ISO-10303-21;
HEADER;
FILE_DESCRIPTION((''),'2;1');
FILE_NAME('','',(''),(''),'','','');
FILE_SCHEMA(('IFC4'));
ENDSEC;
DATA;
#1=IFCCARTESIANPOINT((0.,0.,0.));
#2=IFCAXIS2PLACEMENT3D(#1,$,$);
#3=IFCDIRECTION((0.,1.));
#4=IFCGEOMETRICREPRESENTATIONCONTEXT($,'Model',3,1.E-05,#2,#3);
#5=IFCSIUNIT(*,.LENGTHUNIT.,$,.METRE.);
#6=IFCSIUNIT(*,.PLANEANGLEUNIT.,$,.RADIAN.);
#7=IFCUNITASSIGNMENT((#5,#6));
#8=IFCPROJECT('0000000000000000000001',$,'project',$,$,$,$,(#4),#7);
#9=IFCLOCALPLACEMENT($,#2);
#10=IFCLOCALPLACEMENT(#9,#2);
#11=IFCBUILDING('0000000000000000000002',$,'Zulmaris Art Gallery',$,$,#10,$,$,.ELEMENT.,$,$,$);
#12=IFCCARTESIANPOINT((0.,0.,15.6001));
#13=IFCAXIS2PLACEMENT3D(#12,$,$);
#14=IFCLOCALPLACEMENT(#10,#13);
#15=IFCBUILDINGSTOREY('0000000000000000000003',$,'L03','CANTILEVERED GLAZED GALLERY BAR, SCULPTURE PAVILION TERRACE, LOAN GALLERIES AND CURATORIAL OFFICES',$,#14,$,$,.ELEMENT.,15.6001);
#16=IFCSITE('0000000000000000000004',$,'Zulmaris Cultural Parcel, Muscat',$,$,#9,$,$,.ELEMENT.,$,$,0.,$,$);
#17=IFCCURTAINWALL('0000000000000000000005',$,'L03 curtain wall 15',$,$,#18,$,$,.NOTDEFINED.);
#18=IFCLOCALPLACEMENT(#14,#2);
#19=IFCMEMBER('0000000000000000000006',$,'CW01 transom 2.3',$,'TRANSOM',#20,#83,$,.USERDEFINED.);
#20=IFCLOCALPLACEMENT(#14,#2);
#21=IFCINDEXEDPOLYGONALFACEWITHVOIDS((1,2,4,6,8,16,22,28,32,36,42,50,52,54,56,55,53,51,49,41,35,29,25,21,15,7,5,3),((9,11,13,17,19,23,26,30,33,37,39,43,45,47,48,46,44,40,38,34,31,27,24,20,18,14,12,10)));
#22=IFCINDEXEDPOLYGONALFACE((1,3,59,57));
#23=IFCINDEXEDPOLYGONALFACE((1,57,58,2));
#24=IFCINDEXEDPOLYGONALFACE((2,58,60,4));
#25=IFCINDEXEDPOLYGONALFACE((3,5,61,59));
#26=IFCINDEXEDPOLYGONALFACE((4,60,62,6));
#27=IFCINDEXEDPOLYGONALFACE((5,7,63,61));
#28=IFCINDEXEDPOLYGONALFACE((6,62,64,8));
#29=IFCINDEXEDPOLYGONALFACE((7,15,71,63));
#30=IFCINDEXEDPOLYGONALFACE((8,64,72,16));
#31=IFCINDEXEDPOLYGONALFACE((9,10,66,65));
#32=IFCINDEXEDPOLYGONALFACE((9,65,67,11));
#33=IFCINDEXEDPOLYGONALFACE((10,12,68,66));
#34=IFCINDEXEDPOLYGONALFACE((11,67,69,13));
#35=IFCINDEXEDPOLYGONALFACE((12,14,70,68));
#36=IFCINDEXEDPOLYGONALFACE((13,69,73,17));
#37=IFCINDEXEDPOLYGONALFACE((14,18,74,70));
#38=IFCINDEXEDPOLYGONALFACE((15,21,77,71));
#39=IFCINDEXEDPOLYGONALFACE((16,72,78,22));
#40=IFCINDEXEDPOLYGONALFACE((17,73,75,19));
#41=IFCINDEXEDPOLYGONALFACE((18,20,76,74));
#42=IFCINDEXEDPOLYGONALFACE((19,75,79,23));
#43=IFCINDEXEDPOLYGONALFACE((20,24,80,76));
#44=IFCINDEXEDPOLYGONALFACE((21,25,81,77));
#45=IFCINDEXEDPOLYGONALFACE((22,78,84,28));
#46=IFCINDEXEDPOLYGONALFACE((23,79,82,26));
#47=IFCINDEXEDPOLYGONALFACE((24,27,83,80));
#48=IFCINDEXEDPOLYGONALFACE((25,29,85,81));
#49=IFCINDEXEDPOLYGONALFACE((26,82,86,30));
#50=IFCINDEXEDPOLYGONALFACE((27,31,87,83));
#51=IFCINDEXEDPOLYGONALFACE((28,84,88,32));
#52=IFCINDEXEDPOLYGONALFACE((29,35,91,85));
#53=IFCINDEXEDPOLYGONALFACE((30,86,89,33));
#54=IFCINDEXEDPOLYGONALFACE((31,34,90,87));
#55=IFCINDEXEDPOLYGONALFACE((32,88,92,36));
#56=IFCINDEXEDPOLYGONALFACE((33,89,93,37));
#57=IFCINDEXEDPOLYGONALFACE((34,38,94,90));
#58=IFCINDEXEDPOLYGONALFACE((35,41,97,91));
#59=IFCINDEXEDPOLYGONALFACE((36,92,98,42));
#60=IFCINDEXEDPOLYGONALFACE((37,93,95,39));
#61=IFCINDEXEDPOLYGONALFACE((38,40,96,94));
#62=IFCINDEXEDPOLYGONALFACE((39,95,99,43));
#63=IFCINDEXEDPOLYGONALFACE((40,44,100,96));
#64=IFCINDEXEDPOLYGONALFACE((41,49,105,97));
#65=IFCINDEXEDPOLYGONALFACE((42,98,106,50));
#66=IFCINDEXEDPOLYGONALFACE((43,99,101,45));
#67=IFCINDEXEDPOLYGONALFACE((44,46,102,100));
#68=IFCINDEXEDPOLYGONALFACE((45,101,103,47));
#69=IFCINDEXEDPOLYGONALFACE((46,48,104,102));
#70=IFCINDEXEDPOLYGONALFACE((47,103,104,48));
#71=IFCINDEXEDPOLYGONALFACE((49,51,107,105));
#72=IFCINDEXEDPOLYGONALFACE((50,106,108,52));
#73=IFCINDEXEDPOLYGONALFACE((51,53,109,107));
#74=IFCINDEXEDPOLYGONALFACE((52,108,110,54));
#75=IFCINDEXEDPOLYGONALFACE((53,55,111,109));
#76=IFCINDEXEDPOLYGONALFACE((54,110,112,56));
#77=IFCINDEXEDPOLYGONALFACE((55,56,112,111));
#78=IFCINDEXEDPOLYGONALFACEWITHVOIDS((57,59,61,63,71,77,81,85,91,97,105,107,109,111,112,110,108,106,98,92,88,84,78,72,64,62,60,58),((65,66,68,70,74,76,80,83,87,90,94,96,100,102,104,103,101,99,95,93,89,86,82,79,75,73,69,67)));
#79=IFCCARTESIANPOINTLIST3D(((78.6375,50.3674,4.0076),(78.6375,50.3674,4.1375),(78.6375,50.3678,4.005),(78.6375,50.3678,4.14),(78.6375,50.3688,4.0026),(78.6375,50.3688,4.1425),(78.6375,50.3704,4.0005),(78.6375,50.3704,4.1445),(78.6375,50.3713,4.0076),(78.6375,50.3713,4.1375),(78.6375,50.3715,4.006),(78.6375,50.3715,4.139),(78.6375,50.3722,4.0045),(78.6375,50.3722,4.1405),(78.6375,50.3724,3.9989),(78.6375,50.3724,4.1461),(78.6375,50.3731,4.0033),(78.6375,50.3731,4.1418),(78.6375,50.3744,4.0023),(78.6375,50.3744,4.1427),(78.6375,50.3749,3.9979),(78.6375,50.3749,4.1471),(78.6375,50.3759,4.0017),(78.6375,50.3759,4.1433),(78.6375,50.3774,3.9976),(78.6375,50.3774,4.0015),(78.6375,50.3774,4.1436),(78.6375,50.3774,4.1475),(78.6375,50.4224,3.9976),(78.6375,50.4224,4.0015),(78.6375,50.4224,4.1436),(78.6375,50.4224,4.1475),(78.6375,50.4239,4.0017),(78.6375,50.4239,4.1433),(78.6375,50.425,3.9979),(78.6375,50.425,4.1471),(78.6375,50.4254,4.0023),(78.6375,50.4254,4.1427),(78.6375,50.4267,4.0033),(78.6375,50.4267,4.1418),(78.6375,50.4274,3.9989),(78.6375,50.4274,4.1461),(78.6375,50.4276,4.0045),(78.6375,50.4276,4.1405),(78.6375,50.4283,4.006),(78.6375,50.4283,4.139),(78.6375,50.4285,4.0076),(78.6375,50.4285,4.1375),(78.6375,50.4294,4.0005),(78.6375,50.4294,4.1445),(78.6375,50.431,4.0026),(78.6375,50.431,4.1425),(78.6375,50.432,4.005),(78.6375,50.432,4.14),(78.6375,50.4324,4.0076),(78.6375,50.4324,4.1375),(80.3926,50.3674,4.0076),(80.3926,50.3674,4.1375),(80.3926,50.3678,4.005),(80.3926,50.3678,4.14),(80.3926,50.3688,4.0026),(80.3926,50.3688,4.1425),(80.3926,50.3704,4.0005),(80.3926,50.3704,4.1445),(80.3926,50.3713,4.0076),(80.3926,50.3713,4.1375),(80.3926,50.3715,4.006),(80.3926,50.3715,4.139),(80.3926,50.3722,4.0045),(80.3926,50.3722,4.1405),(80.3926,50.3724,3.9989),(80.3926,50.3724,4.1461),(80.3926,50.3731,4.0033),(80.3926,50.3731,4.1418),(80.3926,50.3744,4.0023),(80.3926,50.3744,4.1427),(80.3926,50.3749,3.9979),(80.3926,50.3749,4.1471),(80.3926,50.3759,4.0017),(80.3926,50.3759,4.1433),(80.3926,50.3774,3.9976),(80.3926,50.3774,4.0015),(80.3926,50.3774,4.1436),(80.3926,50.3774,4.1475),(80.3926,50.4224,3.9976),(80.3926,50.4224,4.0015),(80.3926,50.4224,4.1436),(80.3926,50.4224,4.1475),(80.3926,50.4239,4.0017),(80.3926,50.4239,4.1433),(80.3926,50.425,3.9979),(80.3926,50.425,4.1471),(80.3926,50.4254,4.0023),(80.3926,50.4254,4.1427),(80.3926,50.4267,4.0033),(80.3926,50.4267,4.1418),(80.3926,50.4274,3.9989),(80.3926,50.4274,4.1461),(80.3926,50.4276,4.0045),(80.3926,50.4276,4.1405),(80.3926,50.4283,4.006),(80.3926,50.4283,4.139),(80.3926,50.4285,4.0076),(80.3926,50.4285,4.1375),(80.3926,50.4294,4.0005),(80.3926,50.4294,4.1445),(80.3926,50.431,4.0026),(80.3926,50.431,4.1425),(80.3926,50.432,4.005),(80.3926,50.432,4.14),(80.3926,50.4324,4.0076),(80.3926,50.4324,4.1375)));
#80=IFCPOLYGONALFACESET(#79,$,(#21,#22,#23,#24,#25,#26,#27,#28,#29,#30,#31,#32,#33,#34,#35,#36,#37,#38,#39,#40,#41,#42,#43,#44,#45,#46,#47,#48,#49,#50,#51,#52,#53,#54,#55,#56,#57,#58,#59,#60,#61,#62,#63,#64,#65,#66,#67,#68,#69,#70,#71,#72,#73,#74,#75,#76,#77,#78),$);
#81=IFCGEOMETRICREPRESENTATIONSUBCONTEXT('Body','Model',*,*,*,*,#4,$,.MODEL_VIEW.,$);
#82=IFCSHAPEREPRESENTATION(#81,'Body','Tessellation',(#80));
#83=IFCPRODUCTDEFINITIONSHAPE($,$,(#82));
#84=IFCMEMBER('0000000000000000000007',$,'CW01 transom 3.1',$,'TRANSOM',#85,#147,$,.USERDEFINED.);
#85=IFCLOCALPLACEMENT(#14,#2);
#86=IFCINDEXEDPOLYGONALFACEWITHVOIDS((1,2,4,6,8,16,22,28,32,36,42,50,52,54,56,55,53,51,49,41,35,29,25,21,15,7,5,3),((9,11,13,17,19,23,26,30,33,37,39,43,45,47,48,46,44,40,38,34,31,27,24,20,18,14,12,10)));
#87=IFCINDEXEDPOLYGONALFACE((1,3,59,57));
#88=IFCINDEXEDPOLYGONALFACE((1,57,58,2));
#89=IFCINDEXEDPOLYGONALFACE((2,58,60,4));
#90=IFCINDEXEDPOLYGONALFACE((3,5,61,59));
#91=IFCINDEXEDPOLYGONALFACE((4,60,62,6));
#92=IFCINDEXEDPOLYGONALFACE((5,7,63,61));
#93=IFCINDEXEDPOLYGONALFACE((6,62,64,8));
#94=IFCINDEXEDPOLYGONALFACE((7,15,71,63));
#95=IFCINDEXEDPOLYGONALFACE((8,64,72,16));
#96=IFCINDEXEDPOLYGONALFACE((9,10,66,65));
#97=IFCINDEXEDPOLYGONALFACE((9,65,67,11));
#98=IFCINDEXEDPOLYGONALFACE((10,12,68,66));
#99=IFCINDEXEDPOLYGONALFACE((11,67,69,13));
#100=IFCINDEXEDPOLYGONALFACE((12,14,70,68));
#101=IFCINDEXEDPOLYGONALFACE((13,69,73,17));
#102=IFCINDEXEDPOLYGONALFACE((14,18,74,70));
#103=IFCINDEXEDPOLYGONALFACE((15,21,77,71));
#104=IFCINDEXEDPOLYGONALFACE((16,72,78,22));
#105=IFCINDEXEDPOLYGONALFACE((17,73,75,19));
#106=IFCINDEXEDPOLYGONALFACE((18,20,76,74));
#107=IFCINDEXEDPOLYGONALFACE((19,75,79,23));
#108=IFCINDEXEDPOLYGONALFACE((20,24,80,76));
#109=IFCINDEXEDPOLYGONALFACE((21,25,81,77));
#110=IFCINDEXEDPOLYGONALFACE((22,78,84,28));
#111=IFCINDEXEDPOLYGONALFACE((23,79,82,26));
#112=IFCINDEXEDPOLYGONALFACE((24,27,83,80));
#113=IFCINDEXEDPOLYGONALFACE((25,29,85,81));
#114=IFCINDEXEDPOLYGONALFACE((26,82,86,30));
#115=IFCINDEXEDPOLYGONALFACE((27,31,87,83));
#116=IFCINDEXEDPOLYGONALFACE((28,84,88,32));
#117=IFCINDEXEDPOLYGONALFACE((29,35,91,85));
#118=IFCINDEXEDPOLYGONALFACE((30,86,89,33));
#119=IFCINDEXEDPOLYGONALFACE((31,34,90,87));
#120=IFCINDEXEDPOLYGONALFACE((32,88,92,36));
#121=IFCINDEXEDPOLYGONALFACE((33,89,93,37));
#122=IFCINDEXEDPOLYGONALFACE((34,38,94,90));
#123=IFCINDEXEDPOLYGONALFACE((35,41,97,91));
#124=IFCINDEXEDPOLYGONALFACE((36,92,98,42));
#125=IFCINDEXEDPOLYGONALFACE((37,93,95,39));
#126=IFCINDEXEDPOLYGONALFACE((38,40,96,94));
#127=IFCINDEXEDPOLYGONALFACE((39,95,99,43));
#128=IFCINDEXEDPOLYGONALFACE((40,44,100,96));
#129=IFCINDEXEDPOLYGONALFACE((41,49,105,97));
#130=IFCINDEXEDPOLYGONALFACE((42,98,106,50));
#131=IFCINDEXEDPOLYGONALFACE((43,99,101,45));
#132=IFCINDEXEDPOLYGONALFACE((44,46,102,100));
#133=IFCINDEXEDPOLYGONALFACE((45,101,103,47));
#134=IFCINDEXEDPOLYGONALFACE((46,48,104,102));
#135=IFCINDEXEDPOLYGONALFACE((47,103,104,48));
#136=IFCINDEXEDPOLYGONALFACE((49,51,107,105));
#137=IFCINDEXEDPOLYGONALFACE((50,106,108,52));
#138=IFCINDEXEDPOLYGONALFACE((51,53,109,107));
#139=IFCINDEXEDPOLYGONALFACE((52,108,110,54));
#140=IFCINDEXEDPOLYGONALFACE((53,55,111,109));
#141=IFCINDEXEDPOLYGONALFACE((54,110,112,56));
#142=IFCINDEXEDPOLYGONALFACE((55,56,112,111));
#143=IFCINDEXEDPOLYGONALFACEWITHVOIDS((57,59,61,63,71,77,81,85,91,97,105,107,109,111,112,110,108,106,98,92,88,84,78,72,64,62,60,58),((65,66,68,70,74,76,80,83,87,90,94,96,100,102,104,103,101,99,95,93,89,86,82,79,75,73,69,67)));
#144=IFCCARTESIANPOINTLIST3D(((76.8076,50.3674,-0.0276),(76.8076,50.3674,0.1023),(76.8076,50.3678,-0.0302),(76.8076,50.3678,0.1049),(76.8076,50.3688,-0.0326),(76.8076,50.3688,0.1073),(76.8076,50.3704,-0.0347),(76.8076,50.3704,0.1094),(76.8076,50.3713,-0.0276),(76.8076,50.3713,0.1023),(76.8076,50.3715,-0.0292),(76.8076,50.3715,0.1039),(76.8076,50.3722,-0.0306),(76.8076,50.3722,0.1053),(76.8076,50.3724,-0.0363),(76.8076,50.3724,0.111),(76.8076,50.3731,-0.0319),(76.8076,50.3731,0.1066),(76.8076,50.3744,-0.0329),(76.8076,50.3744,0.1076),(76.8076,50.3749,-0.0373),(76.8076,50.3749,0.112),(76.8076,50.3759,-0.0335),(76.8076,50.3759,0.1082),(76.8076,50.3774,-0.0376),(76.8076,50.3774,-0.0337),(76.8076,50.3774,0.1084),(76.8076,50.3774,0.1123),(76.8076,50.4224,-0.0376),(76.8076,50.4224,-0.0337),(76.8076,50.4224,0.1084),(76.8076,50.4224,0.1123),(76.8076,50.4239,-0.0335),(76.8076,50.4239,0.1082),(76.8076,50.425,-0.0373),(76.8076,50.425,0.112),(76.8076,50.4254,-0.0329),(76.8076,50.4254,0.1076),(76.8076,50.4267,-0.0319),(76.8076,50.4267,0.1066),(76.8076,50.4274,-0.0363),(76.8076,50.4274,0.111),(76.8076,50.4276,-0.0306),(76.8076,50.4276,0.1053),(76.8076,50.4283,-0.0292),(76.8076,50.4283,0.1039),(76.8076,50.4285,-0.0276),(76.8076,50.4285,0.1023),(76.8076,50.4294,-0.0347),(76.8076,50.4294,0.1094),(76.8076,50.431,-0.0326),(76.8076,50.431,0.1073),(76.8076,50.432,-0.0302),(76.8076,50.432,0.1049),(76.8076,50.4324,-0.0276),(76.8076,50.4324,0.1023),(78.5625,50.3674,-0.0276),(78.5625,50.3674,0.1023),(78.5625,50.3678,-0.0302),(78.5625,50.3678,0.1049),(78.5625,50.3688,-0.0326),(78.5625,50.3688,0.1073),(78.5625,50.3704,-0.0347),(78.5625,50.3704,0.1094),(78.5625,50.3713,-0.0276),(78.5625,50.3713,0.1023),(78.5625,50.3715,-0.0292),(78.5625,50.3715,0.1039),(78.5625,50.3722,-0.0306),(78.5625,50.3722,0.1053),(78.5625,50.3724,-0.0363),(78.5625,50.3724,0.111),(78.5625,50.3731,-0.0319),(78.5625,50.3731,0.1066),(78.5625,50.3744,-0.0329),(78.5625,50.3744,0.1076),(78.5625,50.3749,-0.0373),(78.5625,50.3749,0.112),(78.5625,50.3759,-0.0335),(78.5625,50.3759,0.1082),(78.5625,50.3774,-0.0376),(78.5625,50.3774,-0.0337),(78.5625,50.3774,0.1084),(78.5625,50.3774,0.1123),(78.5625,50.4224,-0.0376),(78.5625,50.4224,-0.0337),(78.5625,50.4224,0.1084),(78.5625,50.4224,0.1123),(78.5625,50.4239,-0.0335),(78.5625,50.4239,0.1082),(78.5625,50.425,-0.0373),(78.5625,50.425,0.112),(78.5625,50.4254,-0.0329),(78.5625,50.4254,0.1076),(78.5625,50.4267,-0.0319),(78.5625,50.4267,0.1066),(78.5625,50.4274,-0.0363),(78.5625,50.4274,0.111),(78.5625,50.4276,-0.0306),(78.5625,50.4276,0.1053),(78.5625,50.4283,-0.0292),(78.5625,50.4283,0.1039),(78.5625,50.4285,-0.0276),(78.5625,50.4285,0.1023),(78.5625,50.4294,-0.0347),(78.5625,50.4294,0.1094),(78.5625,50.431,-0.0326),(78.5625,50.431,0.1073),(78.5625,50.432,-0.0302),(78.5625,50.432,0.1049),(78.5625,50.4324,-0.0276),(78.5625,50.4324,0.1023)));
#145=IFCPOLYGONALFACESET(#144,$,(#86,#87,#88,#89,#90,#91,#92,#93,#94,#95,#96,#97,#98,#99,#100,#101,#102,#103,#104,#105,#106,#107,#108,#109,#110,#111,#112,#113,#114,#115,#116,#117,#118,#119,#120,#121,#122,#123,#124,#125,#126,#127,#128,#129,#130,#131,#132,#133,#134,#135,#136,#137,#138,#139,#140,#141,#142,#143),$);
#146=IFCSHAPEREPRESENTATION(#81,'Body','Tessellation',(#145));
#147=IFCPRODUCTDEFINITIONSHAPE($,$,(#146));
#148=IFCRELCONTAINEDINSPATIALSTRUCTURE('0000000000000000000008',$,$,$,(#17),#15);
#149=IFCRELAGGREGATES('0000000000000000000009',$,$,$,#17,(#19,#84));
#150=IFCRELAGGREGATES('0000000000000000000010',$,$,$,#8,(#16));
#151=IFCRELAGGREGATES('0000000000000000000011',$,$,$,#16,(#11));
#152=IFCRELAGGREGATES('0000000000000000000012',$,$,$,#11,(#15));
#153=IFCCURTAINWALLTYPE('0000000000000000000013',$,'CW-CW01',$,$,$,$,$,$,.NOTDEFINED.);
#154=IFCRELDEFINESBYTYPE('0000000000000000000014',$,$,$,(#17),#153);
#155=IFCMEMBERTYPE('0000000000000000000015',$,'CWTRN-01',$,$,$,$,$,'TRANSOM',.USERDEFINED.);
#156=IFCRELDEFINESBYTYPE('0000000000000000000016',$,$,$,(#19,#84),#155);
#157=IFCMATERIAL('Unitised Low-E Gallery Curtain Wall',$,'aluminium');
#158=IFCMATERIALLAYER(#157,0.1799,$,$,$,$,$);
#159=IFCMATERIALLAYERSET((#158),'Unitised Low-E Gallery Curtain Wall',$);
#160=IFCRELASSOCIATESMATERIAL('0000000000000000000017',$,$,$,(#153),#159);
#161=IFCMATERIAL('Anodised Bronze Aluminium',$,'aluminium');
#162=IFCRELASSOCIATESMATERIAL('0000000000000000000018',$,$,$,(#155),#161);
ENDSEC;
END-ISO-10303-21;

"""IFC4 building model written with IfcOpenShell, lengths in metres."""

from ifc_helpers import new_model, si_unit, direction, frame, origin, origin_2d, place, context, subcontext, project, spatial, hollow_rectangle, extrude, material, layer, layer_set, material_profile, profile_set, type_object, element, aggregate, save


model = new_model("IFC4")

# Units and contexts
model_context = context("Model", 3, precision=1e-05, world=origin(), true_north=direction((0.0, 1.0)))
body_context = subcontext(model_context, "Body", "Model", "MODEL_VIEW")
ifc_project = project(units=[si_unit("LENGTHUNIT", "METRE"), si_unit("PLANEANGLEUNIT", "RADIAN")], contexts=[model_context])

# Site, building, storey
site_placement = place(None, origin())
site = spatial("IfcSite", under=ifc_project, at=site_placement, Name="Zulmaris Cultural Parcel, Muscat", CompositionType="ELEMENT", RefElevation=0.0)
building_placement = place(site_placement, origin())
building = spatial("IfcBuilding", under=site, at=building_placement, Name="Zulmaris Art Gallery", CompositionType="ELEMENT")
storey_placement = place(building_placement, frame((0.0, 0.0, 15.6001)))
storey = spatial("IfcBuildingStorey", under=building, at=storey_placement, Name="L03", Description="CANTILEVERED GLAZED GALLERY BAR, SCULPTURE PAVILION TERRACE, LOAN GALLERIES AND CURATORIAL OFFICES", CompositionType="ELEMENT", Elevation=15.6001)

# Shared definitions
ifc_material_1 = material(Name="Unitised Low-E Gallery Curtain Wall", Category="aluminium")
ifc_layer_1 = layer(ifc_material_1, 0.1799)
ifc_layer_set_1 = layer_set([ifc_layer_1], Name="Unitised Low-E Gallery Curtain Wall")
curtain_wall_type = type_object("IfcCurtainWallType", Name="CW-CW01", PredefinedType="NOTDEFINED", material=ifc_layer_set_1)
ifc_material_2 = material(Name="Anodised Bronze Aluminium", Category="aluminium")

# Curtain wall
curtain_wall_1_placement = place(storey_placement, origin())
curtain_wall_1 = element("IfcCurtainWall", 1, at=curtain_wall_1_placement, inside=storey, type_object=curtain_wall_type, Name="L03 curtain wall 15", PredefinedType="NOTDEFINED")

# Members
ifc_material_profile_1 = material_profile(ifc_material_2, hollow_rectangle(XDim=0.0649, YDim=0.1499, WallThickness=0.0039, InnerFilletRadius=0.0061, OuterFilletRadius=0.01, at=origin_2d()), Name="ALU 65x150x4")
ifc_profile_set_1 = profile_set([ifc_material_profile_1], Name="Anodised Bronze Aluminium")
member_type_1 = type_object("IfcMemberType", Name="CWTRN-01", ElementType="TRANSOM", PredefinedType="USERDEFINED", material=ifc_profile_set_1)
member_1_placement = place(storey_placement, frame((80.3926, 50.3999, 4.0725), z_axis=(-1.0, 0.0, 0.0), x_axis=(0.0, -1.0, 0.0)))
member_1 = element("IfcMember", 2, at=member_1_placement, type_object=member_type_1, Name="CW01 transom 2.3", ObjectType="TRANSOM", PredefinedType="USERDEFINED", context=body_context, shape_type="SweptSolid", body=[
    extrude(hollow_rectangle(XDim=0.0649, YDim=0.1499, WallThickness=0.0039, InnerFilletRadius=0.0061, OuterFilletRadius=0.01, at=origin_2d()), origin(), (0.0, 0.0, 1.0), 1.7551),
])
member_2_placement = place(storey_placement, frame((78.5625, 50.3999, 0.0374), z_axis=(-1.0, 0.0, 0.0), x_axis=(0.0, -1.0, 0.0)))
member_2 = element("IfcMember", 3, at=member_2_placement, type_object=member_type_1, Name="CW01 transom 3.1", ObjectType="TRANSOM", PredefinedType="USERDEFINED", context=body_context, shape_type="SweptSolid", body=[
    extrude(hollow_rectangle(XDim=0.0649, YDim=0.1499, WallThickness=0.0039, InnerFilletRadius=0.0061, OuterFilletRadius=0.01, at=origin_2d()), origin(), (0.0, 0.0, 1.0), 1.7549),
])

aggregate(curtain_wall_1, [member_1, member_2])

save(model, "model.ifc")
